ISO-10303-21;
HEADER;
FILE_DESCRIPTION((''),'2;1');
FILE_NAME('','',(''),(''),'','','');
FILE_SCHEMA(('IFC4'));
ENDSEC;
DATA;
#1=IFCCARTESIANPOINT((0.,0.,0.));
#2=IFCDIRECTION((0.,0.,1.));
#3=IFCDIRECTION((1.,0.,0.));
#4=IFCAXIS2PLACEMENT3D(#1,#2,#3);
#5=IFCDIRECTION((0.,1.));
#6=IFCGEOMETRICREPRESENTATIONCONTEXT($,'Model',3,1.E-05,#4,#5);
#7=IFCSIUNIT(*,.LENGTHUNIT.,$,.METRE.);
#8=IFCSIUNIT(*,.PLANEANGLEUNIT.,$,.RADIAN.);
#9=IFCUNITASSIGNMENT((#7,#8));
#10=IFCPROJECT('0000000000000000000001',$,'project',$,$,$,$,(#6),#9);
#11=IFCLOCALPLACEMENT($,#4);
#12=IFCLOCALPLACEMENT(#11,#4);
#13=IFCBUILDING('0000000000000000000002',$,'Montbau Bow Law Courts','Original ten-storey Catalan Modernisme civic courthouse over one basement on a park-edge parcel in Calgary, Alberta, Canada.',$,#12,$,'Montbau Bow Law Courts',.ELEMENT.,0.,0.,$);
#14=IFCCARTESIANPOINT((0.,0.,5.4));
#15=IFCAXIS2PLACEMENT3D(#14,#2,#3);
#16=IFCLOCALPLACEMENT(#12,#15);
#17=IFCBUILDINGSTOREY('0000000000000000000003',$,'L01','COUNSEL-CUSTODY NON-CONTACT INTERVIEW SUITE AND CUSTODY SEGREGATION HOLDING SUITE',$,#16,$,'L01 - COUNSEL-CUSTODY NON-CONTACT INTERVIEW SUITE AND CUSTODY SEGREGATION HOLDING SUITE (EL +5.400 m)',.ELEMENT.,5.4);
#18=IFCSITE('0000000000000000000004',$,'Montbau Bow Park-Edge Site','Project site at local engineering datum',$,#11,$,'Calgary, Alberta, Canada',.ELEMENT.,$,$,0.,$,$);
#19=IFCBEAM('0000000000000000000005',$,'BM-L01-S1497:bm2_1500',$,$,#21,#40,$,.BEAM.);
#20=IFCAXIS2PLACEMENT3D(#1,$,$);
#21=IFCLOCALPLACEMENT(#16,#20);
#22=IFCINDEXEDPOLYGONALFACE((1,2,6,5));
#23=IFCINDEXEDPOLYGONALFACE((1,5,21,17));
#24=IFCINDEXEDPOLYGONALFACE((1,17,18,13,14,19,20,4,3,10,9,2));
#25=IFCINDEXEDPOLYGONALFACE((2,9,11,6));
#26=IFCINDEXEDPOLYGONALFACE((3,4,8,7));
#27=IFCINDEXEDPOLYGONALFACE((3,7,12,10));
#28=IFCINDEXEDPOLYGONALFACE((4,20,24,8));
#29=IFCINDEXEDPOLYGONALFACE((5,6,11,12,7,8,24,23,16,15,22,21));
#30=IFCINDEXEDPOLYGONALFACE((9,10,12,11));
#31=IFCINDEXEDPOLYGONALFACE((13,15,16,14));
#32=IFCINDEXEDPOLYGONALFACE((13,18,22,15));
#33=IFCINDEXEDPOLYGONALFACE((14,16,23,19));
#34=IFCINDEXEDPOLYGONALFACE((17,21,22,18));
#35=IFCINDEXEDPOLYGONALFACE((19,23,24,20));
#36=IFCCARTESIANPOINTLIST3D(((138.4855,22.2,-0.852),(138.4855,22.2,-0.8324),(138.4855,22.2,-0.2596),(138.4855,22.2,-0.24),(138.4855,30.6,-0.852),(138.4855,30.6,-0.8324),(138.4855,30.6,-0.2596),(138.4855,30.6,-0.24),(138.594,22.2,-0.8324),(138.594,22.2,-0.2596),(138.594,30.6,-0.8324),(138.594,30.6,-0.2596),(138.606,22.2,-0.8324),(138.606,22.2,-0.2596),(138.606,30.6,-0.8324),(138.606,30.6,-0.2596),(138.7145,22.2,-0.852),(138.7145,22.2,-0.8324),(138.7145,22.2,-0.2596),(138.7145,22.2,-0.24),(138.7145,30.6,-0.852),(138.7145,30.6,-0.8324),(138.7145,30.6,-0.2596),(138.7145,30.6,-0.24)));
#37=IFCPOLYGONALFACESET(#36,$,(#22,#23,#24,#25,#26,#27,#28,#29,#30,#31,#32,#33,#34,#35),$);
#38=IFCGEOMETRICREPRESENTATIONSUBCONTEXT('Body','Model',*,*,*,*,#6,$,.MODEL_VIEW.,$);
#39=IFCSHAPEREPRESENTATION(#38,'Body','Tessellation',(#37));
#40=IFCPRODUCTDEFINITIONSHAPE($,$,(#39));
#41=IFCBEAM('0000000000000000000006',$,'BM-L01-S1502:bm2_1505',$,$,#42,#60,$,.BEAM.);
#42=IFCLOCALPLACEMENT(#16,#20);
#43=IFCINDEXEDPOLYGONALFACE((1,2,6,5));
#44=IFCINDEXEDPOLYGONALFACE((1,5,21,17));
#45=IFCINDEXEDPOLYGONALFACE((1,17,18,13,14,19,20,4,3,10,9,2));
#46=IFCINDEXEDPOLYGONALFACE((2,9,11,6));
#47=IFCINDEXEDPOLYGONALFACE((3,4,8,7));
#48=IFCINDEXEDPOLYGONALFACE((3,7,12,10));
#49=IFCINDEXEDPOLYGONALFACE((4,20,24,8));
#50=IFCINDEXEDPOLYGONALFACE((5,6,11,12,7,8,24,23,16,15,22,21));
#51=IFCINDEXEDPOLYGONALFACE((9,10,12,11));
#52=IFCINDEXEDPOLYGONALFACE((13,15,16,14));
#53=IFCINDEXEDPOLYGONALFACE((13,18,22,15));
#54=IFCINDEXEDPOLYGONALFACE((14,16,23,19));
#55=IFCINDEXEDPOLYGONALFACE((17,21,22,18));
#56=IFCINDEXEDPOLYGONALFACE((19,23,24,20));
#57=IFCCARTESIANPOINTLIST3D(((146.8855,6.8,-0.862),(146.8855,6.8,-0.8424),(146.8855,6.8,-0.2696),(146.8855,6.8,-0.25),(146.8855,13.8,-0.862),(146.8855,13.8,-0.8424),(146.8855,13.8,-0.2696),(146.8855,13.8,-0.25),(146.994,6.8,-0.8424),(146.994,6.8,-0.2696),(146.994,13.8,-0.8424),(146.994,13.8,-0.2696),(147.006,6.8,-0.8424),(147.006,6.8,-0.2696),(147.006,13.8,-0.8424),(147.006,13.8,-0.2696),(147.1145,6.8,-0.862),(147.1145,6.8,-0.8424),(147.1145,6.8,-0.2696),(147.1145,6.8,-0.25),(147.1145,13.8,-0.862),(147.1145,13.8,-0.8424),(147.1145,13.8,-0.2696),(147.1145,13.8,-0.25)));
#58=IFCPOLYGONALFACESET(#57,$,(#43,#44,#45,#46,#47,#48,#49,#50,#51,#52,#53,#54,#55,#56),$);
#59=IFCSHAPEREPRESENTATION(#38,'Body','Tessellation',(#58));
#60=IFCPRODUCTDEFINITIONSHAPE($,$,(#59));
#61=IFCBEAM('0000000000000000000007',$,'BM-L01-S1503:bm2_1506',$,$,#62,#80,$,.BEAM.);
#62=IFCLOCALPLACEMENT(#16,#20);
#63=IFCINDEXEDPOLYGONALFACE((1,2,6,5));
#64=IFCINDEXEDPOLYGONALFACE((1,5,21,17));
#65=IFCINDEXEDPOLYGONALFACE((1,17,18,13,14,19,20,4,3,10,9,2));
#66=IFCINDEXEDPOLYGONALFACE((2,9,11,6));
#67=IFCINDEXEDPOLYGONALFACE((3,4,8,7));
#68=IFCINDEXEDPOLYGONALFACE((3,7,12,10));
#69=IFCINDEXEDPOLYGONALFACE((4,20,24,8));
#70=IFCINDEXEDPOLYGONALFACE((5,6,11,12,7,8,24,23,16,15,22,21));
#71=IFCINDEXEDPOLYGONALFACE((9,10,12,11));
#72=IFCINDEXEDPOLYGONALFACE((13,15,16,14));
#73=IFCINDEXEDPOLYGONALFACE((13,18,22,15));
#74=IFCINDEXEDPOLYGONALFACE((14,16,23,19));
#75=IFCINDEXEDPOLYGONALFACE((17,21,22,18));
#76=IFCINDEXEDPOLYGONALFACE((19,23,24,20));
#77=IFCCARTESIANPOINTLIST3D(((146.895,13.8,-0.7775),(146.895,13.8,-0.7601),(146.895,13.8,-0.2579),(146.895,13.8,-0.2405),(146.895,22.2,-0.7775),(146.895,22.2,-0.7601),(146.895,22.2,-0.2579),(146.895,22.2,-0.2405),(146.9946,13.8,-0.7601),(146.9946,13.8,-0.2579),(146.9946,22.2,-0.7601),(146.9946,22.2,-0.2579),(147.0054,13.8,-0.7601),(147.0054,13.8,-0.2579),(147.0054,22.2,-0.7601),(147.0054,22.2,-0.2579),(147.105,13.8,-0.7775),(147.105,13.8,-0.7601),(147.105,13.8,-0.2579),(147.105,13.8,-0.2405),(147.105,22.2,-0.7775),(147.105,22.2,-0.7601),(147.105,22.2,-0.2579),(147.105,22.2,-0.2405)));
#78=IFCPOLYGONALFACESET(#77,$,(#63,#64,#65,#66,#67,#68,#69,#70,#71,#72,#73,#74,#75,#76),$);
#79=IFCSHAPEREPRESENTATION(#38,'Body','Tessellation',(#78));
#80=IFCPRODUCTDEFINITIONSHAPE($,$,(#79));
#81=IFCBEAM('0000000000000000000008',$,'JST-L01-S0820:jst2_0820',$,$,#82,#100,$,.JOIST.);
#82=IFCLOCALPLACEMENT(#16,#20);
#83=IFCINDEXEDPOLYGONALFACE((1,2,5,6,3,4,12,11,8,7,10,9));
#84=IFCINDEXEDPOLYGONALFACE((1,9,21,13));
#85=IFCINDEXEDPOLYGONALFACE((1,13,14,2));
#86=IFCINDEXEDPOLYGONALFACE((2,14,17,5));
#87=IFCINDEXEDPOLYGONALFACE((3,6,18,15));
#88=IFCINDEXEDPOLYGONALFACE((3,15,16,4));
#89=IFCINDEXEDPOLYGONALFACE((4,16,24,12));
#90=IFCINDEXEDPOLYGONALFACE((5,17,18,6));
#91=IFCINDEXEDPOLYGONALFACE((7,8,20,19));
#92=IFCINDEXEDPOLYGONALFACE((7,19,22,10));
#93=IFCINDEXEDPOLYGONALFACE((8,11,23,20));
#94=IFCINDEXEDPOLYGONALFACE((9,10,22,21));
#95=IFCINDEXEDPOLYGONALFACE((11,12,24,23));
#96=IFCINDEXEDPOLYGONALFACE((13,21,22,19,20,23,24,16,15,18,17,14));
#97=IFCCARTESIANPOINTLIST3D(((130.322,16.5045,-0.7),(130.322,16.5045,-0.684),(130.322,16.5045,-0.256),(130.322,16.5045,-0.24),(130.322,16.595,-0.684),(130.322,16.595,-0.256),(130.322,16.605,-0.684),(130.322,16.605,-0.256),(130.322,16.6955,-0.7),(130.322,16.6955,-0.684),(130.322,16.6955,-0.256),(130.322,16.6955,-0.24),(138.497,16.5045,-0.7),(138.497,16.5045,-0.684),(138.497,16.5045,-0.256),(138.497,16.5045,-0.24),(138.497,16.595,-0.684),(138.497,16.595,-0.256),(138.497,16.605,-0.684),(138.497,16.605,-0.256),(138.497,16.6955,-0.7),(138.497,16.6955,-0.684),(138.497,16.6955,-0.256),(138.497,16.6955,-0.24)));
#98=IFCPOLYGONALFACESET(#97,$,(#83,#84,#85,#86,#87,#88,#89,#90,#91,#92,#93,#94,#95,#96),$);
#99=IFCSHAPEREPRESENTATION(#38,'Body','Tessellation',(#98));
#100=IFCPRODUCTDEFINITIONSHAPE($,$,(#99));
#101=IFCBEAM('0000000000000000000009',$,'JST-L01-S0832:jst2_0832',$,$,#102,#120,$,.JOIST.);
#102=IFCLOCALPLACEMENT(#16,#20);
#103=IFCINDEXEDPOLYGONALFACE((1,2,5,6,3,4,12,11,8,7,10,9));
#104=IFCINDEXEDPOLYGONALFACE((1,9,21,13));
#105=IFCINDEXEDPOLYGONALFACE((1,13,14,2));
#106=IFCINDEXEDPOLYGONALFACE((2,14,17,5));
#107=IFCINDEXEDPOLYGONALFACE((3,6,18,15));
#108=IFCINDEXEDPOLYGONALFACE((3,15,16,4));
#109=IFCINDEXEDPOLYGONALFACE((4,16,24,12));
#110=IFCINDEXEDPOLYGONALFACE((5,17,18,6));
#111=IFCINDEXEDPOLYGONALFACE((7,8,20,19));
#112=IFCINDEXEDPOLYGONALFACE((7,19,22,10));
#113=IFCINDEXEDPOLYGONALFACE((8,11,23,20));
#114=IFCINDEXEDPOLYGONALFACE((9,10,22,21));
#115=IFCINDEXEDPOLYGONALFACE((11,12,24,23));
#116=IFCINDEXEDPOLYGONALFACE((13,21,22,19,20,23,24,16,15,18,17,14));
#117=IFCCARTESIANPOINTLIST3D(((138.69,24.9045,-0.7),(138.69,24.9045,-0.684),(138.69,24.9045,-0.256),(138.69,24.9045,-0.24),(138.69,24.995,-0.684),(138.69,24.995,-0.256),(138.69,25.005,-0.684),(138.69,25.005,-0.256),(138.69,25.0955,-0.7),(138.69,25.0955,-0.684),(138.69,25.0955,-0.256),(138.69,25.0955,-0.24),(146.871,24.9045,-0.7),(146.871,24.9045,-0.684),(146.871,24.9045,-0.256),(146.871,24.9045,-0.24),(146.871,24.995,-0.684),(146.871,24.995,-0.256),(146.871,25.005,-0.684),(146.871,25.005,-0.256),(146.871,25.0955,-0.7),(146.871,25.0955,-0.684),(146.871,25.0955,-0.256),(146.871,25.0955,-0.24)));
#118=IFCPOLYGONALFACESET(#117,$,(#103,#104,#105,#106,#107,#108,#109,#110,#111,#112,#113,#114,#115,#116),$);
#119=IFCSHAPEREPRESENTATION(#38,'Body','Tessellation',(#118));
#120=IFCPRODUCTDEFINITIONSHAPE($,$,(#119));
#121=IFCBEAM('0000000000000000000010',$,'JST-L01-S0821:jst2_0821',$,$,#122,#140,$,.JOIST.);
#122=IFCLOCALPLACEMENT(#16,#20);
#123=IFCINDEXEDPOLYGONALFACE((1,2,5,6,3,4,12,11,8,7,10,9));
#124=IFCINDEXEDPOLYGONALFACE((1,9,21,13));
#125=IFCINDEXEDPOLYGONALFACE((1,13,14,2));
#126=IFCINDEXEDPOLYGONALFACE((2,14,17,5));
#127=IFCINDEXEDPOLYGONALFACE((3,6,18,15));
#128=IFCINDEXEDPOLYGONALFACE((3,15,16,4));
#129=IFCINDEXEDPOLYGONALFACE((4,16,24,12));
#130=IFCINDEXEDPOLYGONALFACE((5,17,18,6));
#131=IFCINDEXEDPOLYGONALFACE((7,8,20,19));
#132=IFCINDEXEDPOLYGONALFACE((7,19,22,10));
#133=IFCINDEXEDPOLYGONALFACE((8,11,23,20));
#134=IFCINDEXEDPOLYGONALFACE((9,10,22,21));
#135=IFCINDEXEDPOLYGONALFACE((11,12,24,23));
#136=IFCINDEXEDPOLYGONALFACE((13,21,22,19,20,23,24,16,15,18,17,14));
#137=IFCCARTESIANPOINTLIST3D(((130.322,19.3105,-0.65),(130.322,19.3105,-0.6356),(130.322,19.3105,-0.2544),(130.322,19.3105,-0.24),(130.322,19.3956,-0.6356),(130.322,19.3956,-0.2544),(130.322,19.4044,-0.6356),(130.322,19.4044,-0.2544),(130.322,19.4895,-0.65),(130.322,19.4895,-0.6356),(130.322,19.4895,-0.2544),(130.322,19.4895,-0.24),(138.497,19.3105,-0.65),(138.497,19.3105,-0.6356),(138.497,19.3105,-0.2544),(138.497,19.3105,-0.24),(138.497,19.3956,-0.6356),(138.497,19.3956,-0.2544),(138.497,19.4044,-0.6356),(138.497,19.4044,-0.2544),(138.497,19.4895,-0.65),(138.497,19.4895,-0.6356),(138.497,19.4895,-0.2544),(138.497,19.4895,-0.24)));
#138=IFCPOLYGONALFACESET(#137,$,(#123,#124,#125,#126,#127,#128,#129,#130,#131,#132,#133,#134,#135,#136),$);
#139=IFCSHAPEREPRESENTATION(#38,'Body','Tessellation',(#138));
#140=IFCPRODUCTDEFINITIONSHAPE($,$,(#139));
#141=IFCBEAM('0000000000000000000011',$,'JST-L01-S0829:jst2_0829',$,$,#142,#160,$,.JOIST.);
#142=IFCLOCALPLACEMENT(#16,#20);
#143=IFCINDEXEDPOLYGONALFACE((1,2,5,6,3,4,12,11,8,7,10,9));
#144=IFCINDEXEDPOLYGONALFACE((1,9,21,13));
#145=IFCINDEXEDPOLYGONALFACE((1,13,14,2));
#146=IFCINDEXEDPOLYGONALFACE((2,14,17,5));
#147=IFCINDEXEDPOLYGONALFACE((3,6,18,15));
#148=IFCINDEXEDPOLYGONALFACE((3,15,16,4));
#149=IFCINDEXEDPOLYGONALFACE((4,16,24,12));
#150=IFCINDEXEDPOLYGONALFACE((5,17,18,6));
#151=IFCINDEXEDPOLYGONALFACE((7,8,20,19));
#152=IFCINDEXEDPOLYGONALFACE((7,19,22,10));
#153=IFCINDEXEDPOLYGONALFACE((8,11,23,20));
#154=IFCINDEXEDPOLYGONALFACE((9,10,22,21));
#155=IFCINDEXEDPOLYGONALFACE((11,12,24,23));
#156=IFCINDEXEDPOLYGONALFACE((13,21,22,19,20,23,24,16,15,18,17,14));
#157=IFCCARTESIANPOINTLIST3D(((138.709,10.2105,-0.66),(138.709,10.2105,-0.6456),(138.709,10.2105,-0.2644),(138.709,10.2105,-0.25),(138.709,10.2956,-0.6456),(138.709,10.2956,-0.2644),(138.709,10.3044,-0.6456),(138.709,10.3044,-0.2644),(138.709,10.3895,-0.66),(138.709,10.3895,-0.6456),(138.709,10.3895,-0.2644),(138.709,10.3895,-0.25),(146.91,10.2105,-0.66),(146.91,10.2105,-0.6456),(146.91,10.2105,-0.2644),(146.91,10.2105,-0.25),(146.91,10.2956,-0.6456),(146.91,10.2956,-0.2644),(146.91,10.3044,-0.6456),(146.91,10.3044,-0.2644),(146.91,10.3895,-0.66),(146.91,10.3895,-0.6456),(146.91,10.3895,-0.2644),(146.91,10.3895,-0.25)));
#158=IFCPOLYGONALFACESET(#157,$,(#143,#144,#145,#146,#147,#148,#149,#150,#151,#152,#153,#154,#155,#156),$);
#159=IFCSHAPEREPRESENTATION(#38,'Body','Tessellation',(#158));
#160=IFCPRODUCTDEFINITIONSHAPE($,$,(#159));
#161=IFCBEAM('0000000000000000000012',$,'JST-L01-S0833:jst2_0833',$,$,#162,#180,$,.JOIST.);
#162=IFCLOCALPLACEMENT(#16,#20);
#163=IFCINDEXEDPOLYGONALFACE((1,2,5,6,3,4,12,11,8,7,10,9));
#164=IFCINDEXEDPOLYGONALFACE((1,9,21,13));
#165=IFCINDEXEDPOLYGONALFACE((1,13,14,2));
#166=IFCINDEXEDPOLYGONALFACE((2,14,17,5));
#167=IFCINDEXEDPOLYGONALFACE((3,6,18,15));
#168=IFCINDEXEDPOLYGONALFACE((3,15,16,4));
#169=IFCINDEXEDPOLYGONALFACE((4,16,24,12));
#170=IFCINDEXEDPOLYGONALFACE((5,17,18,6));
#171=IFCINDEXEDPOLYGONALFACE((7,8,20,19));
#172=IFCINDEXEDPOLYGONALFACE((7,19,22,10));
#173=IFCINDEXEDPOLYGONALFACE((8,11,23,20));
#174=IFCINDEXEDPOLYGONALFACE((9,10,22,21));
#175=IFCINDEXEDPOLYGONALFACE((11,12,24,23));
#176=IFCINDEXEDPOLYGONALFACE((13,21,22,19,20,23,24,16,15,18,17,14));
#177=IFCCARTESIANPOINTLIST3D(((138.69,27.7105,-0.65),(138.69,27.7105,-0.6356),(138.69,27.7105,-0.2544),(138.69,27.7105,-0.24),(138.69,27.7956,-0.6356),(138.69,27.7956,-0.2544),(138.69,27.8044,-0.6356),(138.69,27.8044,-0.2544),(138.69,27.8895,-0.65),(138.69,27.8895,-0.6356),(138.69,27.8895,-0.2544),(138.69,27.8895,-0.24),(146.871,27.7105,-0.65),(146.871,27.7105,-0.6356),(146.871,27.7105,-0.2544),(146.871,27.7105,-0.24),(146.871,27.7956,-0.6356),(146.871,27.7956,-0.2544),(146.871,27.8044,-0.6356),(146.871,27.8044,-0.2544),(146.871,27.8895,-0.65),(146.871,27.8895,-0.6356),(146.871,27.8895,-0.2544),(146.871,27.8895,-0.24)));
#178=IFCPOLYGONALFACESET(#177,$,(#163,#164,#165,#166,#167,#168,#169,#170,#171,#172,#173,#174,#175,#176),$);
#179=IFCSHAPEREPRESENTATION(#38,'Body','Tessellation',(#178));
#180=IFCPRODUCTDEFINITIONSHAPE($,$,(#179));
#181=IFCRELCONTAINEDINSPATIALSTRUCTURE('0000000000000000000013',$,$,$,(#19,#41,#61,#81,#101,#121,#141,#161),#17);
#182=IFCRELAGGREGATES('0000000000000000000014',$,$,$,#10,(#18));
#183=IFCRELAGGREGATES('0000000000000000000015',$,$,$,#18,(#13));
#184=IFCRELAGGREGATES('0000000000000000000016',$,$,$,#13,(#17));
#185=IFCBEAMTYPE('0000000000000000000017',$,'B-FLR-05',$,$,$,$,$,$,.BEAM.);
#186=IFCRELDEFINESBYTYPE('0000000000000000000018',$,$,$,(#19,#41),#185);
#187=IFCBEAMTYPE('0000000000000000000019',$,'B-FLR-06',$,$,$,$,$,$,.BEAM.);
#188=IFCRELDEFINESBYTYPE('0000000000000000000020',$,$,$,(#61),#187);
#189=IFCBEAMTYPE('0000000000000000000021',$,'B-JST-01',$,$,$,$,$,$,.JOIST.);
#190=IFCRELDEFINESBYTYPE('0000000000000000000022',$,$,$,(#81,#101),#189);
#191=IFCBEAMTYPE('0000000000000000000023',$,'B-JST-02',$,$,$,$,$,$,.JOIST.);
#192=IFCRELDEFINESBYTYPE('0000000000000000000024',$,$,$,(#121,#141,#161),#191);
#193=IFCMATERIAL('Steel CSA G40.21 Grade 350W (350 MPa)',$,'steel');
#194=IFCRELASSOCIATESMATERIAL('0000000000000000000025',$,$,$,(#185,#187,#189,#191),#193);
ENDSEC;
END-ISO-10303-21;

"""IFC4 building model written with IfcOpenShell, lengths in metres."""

from ifc_helpers import new_model, si_unit, direction, frame, origin_with_axes, origin_2d_with_axis, place, context, subcontext, project, spatial, i_section, extrude, material, material_profile, profile_set, type_object, element, save


model = new_model("IFC4")

# Units and contexts
model_context = context("Model", 3, precision=1e-05, world=origin_with_axes(), true_north=direction((0.0, 1.0)))
body_context = subcontext(model_context, "Body", "Model", "MODEL_VIEW")
ifc_project = project(units=[si_unit("LENGTHUNIT", "METRE"), si_unit("PLANEANGLEUNIT", "RADIAN")], contexts=[model_context])

# Site, building, storey
site_placement = place(None, origin_with_axes())
site = spatial("IfcSite", under=ifc_project, at=site_placement, Name="Montbau Bow Park-Edge Site", Description="Project site at local engineering datum", LongName="Calgary, Alberta, Canada", CompositionType="ELEMENT", RefElevation=0.0)
building_placement = place(site_placement, origin_with_axes())
building = spatial("IfcBuilding", under=site, at=building_placement, Name="Montbau Bow Law Courts", Description="Original ten-storey Catalan Modernisme civic courthouse over one basement on a park-edge parcel in Calgary, Alberta, Canada.", LongName="Montbau Bow Law Courts", CompositionType="ELEMENT", ElevationOfRefHeight=0.0, ElevationOfTerrain=0.0)
storey_placement = place(building_placement, frame((0.0, 0.0, 5.4), z_axis=(0.0, 0.0, 1.0), x_axis=(1.0, 0.0, 0.0)))
storey = spatial("IfcBuildingStorey", under=building, at=storey_placement, Name="L01", Description="COUNSEL-CUSTODY NON-CONTACT INTERVIEW SUITE AND CUSTODY SEGREGATION HOLDING SUITE", LongName="L01 - COUNSEL-CUSTODY NON-CONTACT INTERVIEW SUITE AND CUSTODY SEGREGATION HOLDING SUITE (EL +5.400 m)", CompositionType="ELEMENT", Elevation=5.4)

# Shared definitions
ifc_material_1 = material(Name="Steel CSA G40.21 Grade 350W (350 MPa)", Category="steel")

# Beams
ifc_material_profile_1 = material_profile(ifc_material_1, i_section(OverallWidth=0.229, OverallDepth=0.612, WebThickness=0.0119, FlangeThickness=0.0196, at=origin_2d_with_axis()), Name="W610X125", Category="Main", Priority=0)
ifc_profile_set_1 = profile_set([ifc_material_profile_1], Name="Steel CSA G40.21 Grade 350W (350 MPa)")
beam_type_1 = type_object("IfcBeamType", Name="B-FLR-05", PredefinedType="BEAM", material=ifc_profile_set_1)
beam_1_placement = place(None, frame((138.6, 22.2, 4.854), z_axis=(0.0, 1.0, 0.0), x_axis=(-1.0, 0.0, 0.0)))
element("IfcBeam", 1, at=beam_1_placement, inside=storey, type_object=beam_type_1, Name="BM-L01-S1497:bm2_1500", PredefinedType="BEAM", context=body_context, shape_type="SweptSolid", body=[
    extrude(i_section(OverallWidth=0.229, OverallDepth=0.612, WebThickness=0.0119, FlangeThickness=0.0196, at=origin_2d_with_axis()), origin_with_axes(), (0.0, 0.0, 1.0), 8.4),
])
beam_2_placement = place(None, frame((147.0, 6.8, 4.844), z_axis=(0.0, 1.0, 0.0), x_axis=(-1.0, 0.0, 0.0)))
element("IfcBeam", 2, at=beam_2_placement, inside=storey, type_object=beam_type_1, Name="BM-L01-S1502:bm2_1505", PredefinedType="BEAM", context=body_context, shape_type="SweptSolid", body=[
    extrude(i_section(OverallWidth=0.229, OverallDepth=0.612, WebThickness=0.0119, FlangeThickness=0.0196, at=origin_2d_with_axis()), origin_with_axes(), (0.0, 0.0, 1.0), 7.0),
])
ifc_material_profile_2 = material_profile(ifc_material_1, i_section(OverallWidth=0.21, OverallDepth=0.537, WebThickness=0.0109, FlangeThickness=0.0174, at=origin_2d_with_axis()), Name="W530X101", Category="Main", Priority=0)
ifc_profile_set_2 = profile_set([ifc_material_profile_2], Name="Steel CSA G40.21 Grade 350W (350 MPa)")
beam_type_2 = type_object("IfcBeamType", Name="B-FLR-06", PredefinedType="BEAM", material=ifc_profile_set_2)
beam_3_placement = place(None, frame((147.0, 13.8, 4.891), z_axis=(0.0, 1.0, 0.0), x_axis=(-1.0, 0.0, 0.0)))
element("IfcBeam", 3, at=beam_3_placement, inside=storey, type_object=beam_type_2, Name="BM-L01-S1503:bm2_1506", PredefinedType="BEAM", context=body_context, shape_type="SweptSolid", body=[
    extrude(i_section(OverallWidth=0.21, OverallDepth=0.537, WebThickness=0.0109, FlangeThickness=0.0174, at=origin_2d_with_axis()), origin_with_axes(), (0.0, 0.0, 1.0), 8.4),
])
ifc_material_profile_3 = material_profile(ifc_material_1, i_section(OverallWidth=0.191, OverallDepth=0.46, WebThickness=0.0099, FlangeThickness=0.016, at=origin_2d_with_axis()), Name="W460X82", Category="Main", Priority=0)
ifc_profile_set_3 = profile_set([ifc_material_profile_3], Name="Steel CSA G40.21 Grade 350W (350 MPa)")
beam_type_3 = type_object("IfcBeamType", Name="B-JST-01", PredefinedType="JOIST", material=ifc_profile_set_3)
beam_4_placement = place(None, frame((130.322, 16.6, 4.93), z_axis=(1.0, 0.0, 0.0), x_axis=(0.0, 1.0, 0.0)))
element("IfcBeam", 4, at=beam_4_placement, inside=storey, type_object=beam_type_3, Name="JST-L01-S0820:jst2_0820", PredefinedType="JOIST", context=body_context, shape_type="SweptSolid", body=[
    extrude(i_section(OverallWidth=0.191, OverallDepth=0.46, WebThickness=0.0099, FlangeThickness=0.016, at=origin_2d_with_axis()), origin_with_axes(), (0.0, 0.0, 1.0), 8.175),
])
beam_5_placement = place(None, frame((138.69, 25.0, 4.93), z_axis=(1.0, 0.0, 0.0), x_axis=(0.0, 1.0, 0.0)))
element("IfcBeam", 5, at=beam_5_placement, inside=storey, type_object=beam_type_3, Name="JST-L01-S0832:jst2_0832", PredefinedType="JOIST", context=body_context, shape_type="SweptSolid", body=[
    extrude(i_section(OverallWidth=0.191, OverallDepth=0.46, WebThickness=0.0099, FlangeThickness=0.016, at=origin_2d_with_axis()), origin_with_axes(), (0.0, 0.0, 1.0), 8.181),
])
ifc_material_profile_4 = material_profile(ifc_material_1, i_section(OverallWidth=0.179, OverallDepth=0.41, WebThickness=0.0088, FlangeThickness=0.0144, at=origin_2d_with_axis()), Name="W410X67", Category="Main", Priority=0)
ifc_profile_set_4 = profile_set([ifc_material_profile_4], Name="Steel CSA G40.21 Grade 350W (350 MPa)")
beam_type_4 = type_object("IfcBeamType", Name="B-JST-02", PredefinedType="JOIST", material=ifc_profile_set_4)
beam_6_placement = place(None, frame((130.322, 19.4, 4.955), z_axis=(1.0, 0.0, 0.0), x_axis=(0.0, 1.0, 0.0)))
element("IfcBeam", 6, at=beam_6_placement, inside=storey, type_object=beam_type_4, Name="JST-L01-S0821:jst2_0821", PredefinedType="JOIST", context=body_context, shape_type="SweptSolid", body=[
    extrude(i_section(OverallWidth=0.179, OverallDepth=0.41, WebThickness=0.0088, FlangeThickness=0.0144, at=origin_2d_with_axis()), origin_with_axes(), (0.0, 0.0, 1.0), 8.175),
])
beam_7_placement = place(None, frame((138.709, 10.3, 4.945), z_axis=(1.0, 0.0, 0.0), x_axis=(0.0, 1.0, 0.0)))
element("IfcBeam", 7, at=beam_7_placement, inside=storey, type_object=beam_type_4, Name="JST-L01-S0829:jst2_0829", PredefinedType="JOIST", context=body_context, shape_type="SweptSolid", body=[
    extrude(i_section(OverallWidth=0.179, OverallDepth=0.41, WebThickness=0.0088, FlangeThickness=0.0144, at=origin_2d_with_axis()), origin_with_axes(), (0.0, 0.0, 1.0), 8.201),
])
beam_8_placement = place(None, frame((138.69, 27.8, 4.955), z_axis=(1.0, 0.0, 0.0), x_axis=(0.0, 1.0, 0.0)))
element("IfcBeam", 8, at=beam_8_placement, inside=storey, type_object=beam_type_4, Name="JST-L01-S0833:jst2_0833", PredefinedType="JOIST", context=body_context, shape_type="SweptSolid", body=[
    extrude(i_section(OverallWidth=0.179, OverallDepth=0.41, WebThickness=0.0088, FlangeThickness=0.0144, at=origin_2d_with_axis()), origin_with_axes(), (0.0, 0.0, 1.0), 8.181),
])

save(model, "model.ifc")
